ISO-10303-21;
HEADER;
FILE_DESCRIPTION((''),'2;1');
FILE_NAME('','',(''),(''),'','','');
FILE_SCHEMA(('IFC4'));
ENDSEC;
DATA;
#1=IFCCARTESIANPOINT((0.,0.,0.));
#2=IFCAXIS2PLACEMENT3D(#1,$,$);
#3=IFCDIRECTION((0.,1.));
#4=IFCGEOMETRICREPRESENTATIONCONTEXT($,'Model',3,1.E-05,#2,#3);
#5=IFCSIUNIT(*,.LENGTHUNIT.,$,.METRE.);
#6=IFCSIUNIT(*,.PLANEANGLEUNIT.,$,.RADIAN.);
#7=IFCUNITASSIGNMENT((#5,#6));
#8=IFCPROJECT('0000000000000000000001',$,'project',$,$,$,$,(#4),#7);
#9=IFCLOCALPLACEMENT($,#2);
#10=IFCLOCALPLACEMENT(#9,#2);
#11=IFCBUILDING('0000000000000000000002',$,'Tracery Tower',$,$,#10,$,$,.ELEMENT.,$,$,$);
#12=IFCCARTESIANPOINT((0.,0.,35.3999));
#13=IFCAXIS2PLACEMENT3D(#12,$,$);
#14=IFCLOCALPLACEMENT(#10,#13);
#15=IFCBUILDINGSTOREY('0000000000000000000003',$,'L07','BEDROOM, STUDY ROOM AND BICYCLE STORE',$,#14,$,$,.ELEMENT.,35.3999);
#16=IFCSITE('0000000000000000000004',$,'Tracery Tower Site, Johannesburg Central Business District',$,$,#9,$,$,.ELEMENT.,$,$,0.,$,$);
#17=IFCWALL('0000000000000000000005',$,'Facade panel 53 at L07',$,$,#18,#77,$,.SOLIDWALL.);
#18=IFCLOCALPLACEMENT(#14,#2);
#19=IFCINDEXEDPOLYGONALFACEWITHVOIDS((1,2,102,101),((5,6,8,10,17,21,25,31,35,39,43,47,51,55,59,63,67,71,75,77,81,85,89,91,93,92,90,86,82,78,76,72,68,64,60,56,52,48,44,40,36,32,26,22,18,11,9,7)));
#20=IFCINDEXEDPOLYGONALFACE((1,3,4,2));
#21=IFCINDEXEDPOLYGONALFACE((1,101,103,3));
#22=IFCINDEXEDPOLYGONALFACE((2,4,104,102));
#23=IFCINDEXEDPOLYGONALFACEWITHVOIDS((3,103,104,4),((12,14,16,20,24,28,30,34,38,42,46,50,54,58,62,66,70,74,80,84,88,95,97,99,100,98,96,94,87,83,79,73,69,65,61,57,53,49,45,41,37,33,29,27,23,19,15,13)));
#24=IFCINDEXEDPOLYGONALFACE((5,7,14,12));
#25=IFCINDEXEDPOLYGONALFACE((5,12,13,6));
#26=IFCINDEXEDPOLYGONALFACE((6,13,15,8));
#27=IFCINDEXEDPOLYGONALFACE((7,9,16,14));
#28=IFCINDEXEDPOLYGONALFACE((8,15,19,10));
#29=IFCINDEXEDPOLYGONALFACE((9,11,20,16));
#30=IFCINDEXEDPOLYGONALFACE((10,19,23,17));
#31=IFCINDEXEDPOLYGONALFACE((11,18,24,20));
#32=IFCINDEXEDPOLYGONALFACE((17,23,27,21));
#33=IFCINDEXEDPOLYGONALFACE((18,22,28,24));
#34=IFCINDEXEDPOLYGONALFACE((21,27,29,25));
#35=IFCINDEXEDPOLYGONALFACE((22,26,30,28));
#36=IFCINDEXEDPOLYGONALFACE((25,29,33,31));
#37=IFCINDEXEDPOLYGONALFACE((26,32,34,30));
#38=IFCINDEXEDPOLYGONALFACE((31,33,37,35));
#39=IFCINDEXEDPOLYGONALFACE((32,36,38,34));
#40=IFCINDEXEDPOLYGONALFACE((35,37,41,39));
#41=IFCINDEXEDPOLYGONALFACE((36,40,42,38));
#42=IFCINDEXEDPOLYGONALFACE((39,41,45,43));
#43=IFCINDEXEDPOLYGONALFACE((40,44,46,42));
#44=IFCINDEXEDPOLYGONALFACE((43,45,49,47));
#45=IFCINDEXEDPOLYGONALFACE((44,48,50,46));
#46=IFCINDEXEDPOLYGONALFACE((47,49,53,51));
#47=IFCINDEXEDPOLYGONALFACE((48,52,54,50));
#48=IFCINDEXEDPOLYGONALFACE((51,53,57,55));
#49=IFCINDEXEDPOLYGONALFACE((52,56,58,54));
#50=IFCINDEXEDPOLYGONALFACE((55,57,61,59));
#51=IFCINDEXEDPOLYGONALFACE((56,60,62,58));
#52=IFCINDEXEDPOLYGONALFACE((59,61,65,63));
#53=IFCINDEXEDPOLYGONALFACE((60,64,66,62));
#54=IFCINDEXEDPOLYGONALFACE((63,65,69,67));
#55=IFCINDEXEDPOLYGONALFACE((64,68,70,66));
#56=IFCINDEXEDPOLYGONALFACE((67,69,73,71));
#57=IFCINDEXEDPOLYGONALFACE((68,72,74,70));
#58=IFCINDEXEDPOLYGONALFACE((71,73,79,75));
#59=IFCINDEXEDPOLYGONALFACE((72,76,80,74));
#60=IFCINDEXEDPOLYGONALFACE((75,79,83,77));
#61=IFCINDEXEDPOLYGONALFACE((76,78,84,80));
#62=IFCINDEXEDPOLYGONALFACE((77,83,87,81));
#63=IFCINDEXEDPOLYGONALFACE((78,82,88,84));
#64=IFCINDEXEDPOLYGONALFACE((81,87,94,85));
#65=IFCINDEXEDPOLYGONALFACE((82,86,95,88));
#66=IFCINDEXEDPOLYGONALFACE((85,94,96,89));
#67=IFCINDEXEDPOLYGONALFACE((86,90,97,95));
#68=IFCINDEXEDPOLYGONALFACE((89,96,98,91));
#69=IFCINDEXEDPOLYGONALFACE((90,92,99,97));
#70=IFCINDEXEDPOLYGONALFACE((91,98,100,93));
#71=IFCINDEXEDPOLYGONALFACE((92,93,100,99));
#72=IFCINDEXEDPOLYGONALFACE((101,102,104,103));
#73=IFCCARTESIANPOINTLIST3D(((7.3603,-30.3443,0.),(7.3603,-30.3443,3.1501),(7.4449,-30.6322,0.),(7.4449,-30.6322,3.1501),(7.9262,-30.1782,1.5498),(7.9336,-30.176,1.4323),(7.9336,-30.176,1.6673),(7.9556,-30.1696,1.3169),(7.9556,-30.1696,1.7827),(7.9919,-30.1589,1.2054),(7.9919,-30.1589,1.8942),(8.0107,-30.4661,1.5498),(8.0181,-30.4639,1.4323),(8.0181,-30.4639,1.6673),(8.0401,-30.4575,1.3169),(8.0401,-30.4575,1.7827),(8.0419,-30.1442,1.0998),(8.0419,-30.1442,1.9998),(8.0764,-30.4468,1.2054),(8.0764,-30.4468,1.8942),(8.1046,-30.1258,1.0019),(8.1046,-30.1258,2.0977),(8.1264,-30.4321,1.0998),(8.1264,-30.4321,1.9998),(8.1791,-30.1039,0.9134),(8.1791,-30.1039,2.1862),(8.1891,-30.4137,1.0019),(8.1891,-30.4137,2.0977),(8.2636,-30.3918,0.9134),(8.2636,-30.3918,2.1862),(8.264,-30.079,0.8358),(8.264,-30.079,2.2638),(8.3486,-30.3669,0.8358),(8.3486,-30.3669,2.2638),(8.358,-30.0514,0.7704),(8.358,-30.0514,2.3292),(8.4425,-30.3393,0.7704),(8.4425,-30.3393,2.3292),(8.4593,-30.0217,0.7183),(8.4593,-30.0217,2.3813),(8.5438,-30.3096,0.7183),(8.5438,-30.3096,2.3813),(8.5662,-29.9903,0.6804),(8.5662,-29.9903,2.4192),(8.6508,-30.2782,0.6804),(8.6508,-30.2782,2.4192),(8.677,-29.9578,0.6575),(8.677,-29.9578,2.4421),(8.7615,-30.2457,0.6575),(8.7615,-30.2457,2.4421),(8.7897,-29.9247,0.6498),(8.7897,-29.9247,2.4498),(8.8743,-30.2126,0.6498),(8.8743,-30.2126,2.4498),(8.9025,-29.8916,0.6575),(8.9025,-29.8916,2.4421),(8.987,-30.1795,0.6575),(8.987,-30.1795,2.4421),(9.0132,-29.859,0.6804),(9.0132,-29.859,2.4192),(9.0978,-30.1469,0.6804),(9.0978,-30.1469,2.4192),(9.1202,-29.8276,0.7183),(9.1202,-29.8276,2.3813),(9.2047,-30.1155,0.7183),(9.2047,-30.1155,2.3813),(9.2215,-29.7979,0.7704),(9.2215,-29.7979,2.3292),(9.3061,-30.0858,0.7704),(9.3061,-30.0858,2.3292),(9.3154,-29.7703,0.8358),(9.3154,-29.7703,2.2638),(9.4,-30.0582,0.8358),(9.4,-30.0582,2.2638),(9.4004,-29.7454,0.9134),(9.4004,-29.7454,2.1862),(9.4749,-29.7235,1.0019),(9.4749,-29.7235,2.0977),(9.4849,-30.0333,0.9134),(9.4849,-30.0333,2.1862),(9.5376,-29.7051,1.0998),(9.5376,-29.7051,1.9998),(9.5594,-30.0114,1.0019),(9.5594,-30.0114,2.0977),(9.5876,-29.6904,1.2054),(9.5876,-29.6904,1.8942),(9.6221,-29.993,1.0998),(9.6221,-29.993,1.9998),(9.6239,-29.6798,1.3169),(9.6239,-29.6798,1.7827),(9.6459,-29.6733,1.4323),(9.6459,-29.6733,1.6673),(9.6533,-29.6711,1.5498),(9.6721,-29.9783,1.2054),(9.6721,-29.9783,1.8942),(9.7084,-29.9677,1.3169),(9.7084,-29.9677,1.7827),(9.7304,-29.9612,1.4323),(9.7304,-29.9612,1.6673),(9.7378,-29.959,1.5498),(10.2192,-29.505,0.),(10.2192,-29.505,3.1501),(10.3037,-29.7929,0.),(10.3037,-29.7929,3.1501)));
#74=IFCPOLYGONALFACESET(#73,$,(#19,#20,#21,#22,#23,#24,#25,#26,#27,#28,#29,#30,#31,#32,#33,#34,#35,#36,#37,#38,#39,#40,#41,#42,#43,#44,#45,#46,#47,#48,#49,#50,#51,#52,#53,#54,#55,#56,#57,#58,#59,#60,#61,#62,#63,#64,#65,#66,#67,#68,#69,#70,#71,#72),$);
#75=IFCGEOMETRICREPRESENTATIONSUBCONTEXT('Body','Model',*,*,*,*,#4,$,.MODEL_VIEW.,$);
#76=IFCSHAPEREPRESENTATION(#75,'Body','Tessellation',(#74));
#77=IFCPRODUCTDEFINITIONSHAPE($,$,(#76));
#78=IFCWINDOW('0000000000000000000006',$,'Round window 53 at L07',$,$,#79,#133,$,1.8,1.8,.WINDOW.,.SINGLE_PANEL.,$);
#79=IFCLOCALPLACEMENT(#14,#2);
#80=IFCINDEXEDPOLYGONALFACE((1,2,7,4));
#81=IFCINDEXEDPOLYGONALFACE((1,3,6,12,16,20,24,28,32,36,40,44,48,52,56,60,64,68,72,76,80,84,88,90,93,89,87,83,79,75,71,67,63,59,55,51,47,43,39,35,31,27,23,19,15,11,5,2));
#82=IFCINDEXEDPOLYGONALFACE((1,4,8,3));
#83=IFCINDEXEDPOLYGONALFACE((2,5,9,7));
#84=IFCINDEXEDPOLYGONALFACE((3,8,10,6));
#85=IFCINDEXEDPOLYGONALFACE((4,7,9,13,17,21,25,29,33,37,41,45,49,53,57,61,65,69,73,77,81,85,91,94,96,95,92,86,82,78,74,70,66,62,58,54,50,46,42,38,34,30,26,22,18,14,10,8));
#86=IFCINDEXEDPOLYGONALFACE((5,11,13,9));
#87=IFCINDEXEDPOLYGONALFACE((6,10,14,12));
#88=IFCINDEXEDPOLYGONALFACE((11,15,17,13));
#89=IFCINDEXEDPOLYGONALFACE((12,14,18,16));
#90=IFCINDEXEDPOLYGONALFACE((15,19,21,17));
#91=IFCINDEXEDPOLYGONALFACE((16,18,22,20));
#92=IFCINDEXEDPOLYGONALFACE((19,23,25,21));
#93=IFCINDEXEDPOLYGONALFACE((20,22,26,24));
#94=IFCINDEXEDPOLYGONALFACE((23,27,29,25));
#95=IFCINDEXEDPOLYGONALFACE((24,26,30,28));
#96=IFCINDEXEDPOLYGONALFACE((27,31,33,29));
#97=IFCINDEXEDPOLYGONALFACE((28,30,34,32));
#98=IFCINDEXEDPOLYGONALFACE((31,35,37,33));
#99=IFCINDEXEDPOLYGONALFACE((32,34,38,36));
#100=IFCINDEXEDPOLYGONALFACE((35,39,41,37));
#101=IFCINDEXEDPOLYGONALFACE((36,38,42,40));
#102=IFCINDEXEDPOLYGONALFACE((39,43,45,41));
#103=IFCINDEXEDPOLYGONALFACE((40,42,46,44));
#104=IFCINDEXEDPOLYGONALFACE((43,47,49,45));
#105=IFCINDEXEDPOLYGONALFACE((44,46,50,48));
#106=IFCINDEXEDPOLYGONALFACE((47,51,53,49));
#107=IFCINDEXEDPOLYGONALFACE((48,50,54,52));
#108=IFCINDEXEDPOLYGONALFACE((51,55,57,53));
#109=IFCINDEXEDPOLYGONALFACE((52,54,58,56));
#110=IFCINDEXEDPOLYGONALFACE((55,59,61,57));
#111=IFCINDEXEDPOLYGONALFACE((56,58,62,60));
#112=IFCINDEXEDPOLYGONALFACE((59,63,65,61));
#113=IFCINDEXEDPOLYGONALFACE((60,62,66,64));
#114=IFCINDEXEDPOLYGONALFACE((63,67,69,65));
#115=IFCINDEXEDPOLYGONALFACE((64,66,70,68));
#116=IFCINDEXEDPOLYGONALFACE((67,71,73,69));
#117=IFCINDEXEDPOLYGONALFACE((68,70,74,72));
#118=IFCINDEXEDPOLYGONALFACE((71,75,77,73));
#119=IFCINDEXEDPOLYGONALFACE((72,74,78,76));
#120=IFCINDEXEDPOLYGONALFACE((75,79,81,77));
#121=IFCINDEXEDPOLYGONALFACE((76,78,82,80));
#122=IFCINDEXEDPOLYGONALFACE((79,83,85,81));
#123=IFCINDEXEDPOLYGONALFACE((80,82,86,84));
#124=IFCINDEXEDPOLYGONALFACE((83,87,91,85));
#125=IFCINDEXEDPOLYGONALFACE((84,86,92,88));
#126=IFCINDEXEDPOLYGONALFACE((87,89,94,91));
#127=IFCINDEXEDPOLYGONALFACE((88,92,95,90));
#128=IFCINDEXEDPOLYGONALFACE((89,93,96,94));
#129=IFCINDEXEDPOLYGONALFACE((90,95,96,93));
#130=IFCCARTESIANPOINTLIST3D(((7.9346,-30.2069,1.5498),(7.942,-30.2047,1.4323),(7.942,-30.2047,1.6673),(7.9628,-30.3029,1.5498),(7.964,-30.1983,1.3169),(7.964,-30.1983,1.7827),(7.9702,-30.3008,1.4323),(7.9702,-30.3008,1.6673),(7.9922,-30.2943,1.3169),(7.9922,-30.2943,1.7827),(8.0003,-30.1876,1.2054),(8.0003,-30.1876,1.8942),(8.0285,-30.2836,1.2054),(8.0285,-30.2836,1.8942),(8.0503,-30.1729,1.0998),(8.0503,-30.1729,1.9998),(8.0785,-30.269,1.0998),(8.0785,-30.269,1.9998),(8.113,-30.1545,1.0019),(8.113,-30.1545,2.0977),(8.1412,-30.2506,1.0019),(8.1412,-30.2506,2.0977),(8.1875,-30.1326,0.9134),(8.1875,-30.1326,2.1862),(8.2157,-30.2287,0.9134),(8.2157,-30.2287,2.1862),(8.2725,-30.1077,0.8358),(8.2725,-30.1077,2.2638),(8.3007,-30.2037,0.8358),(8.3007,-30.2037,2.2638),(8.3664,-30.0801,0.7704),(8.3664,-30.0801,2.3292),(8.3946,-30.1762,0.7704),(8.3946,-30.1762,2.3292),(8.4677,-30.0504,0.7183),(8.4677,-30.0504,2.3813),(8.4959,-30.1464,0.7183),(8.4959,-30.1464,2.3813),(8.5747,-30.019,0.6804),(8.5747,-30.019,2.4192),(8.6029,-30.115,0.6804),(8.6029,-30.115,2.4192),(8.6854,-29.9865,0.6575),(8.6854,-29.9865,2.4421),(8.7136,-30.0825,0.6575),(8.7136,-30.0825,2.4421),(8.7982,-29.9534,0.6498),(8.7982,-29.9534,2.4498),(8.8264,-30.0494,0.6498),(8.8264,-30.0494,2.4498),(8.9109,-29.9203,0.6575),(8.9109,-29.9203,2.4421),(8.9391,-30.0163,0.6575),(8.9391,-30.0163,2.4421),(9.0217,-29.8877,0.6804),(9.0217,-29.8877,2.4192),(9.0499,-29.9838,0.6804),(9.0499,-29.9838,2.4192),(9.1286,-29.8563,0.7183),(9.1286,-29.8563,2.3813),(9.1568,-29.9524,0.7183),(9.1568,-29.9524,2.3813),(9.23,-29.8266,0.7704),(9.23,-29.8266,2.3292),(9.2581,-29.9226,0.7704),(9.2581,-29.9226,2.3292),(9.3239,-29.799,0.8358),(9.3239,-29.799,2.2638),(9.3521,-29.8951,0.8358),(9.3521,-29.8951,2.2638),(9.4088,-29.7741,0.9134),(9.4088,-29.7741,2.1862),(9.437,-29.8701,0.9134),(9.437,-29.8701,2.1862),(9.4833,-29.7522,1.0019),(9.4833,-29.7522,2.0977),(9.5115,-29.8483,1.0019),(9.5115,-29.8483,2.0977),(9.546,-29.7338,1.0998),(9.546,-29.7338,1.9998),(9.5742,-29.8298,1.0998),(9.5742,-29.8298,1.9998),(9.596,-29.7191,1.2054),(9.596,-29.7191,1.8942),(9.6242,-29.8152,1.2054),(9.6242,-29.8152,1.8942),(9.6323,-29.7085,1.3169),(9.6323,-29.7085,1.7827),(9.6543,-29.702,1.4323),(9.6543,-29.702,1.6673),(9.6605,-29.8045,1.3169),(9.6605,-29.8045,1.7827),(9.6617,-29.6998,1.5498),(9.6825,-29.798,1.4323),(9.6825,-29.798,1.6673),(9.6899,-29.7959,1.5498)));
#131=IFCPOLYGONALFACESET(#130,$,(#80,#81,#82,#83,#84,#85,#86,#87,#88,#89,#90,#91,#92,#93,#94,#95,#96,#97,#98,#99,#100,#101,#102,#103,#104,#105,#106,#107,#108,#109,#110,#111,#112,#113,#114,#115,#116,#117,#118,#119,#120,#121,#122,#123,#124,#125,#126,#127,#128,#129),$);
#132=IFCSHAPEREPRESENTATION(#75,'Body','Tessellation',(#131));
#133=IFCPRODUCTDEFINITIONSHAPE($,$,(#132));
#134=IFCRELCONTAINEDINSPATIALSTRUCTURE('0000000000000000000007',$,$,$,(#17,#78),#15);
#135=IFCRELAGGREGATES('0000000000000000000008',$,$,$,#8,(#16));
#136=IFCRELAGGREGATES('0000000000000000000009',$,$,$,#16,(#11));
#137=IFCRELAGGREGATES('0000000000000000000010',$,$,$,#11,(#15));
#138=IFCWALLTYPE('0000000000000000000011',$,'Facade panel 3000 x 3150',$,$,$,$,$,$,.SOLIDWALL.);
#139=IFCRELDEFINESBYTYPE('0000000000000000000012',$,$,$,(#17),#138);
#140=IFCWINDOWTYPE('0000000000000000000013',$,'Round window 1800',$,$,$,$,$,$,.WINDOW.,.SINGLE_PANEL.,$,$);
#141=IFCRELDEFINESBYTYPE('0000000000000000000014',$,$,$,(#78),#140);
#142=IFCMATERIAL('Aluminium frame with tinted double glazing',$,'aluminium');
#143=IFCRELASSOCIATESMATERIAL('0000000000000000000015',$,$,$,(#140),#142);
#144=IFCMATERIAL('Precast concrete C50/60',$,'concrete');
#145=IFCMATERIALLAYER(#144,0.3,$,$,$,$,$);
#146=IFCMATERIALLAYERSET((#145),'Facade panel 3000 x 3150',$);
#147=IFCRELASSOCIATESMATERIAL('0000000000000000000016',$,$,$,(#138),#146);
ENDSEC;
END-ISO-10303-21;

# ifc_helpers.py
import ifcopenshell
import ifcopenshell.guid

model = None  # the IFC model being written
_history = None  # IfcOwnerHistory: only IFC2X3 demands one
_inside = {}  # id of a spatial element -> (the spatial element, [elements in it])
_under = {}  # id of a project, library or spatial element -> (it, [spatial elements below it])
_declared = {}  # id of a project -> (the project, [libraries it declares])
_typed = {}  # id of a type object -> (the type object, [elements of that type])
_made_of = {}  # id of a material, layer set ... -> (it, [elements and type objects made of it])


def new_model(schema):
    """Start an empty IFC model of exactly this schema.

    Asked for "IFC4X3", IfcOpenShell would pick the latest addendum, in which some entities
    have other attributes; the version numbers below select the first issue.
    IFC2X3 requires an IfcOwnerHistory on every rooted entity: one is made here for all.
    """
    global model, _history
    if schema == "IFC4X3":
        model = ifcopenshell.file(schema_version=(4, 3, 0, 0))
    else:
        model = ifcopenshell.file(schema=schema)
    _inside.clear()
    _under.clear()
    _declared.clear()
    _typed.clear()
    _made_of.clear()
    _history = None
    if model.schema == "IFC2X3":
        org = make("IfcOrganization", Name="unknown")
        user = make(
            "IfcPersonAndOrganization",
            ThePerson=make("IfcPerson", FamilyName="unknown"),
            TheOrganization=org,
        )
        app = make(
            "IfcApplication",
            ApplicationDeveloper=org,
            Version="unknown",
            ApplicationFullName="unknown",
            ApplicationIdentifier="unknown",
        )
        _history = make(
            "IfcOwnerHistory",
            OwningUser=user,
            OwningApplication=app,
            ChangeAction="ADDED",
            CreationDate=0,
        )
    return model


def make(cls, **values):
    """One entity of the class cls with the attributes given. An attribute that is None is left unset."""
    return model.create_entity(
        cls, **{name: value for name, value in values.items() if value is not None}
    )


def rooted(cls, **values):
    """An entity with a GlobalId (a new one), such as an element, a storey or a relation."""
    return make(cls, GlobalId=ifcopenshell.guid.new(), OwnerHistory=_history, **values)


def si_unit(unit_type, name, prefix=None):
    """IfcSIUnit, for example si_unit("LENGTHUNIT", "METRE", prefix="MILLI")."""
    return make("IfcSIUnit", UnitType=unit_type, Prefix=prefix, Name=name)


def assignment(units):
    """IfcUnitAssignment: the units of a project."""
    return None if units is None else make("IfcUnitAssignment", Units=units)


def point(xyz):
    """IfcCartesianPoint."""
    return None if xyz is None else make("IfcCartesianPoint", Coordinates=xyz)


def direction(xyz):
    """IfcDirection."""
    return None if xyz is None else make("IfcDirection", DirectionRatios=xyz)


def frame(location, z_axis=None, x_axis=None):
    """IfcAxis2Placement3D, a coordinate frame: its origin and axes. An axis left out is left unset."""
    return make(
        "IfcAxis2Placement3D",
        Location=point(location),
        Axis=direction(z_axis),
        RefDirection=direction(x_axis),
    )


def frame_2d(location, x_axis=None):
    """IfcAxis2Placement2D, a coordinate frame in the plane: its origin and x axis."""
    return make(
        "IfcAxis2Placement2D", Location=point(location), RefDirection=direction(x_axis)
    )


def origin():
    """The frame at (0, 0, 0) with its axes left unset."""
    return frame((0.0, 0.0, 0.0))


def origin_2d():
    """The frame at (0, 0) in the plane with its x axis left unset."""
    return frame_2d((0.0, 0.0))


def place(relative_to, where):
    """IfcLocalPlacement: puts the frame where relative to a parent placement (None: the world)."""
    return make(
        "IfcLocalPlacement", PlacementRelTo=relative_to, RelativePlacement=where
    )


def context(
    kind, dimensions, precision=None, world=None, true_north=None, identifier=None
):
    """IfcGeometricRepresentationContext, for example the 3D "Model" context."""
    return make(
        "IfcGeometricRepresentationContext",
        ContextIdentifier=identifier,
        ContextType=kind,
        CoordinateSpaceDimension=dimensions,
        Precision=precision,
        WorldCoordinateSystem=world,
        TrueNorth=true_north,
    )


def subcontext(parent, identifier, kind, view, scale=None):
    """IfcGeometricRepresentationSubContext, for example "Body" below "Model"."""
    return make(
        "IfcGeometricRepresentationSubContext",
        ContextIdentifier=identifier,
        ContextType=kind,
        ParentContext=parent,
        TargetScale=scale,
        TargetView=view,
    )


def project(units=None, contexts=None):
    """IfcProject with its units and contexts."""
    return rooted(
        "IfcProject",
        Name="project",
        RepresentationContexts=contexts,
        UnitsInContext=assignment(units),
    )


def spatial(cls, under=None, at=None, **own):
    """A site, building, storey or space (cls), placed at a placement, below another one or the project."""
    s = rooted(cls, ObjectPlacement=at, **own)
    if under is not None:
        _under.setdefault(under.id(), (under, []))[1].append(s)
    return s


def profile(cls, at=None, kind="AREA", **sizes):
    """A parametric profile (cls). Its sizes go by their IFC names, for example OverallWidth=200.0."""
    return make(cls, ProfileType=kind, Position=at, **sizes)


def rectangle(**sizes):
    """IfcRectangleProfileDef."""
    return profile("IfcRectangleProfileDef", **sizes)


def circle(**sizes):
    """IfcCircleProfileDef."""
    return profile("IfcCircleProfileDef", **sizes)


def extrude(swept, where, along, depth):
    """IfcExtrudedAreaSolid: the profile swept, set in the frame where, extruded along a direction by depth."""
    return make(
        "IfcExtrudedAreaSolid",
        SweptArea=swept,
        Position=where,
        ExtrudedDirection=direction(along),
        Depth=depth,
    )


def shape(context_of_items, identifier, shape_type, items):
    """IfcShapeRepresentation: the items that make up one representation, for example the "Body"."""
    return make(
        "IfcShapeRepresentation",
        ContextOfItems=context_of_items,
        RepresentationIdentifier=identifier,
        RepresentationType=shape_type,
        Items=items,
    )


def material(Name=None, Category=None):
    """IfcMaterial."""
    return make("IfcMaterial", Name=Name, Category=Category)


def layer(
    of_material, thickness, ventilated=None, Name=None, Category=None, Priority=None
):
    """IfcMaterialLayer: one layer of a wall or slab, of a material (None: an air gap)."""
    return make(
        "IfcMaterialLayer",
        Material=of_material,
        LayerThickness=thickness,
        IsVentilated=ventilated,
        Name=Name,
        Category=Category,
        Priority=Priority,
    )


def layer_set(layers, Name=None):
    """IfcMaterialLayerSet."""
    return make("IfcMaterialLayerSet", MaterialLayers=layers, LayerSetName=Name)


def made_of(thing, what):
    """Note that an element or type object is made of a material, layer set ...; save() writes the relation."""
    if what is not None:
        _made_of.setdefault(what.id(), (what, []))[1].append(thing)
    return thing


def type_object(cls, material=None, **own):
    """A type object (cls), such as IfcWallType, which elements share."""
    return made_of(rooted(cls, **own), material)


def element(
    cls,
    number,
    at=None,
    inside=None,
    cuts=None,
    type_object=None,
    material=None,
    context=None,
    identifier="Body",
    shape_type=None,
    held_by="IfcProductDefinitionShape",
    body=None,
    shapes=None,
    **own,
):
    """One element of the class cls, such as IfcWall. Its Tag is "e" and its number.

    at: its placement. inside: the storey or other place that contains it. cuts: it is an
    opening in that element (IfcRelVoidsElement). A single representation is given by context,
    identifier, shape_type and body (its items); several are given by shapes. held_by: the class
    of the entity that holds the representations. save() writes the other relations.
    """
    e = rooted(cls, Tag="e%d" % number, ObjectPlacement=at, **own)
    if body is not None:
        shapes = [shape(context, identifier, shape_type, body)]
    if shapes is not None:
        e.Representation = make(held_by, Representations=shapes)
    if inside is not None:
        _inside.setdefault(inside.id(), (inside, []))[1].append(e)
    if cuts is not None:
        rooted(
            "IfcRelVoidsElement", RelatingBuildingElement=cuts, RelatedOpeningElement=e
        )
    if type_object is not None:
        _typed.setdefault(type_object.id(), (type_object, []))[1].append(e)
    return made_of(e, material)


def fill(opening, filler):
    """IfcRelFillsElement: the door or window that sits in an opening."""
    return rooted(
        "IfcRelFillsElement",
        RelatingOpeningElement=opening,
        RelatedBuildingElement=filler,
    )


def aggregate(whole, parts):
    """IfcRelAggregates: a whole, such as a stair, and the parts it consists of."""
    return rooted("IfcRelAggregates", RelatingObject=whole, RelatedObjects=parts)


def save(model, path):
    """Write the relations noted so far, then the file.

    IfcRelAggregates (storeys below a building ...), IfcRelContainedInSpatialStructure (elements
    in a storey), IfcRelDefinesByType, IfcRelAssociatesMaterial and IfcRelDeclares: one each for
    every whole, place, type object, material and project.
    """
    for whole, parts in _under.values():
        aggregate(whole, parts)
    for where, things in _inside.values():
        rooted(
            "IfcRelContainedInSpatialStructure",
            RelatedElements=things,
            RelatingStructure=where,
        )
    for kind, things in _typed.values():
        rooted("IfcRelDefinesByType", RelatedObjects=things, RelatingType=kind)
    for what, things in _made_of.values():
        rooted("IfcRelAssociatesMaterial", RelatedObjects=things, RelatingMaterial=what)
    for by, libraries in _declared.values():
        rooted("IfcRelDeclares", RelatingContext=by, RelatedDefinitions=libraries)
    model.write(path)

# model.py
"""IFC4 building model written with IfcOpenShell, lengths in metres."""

from ifc_helpers import new_model, si_unit, direction, frame, frame_2d, origin, origin_2d, place, context, subcontext, project, spatial, rectangle, circle, extrude, material, layer, layer_set, type_object, element, fill, save


model = new_model("IFC4")

# Units and contexts
model_context = context("Model", 3, precision=1e-05, world=origin(), true_north=direction((0.0, 1.0)))
body_context = subcontext(model_context, "Body", "Model", "MODEL_VIEW")
ifc_project = project(units=[si_unit("LENGTHUNIT", "METRE"), si_unit("PLANEANGLEUNIT", "RADIAN")], contexts=[model_context])

# Site, building, storey
site_placement = place(None, origin())
site = spatial("IfcSite", under=ifc_project, at=site_placement, Name="Tracery Tower Site, Johannesburg Central Business District", CompositionType="ELEMENT", RefElevation=0.0)
building_placement = place(site_placement, origin())
building = spatial("IfcBuilding", under=site, at=building_placement, Name="Tracery Tower", CompositionType="ELEMENT")
storey_placement = place(building_placement, frame((0.0, 0.0, 35.3999)))
storey = spatial("IfcBuildingStorey", under=building, at=storey_placement, Name="L07", Description="BEDROOM, STUDY ROOM AND BICYCLE STORE", CompositionType="ELEMENT", Elevation=35.3999)

# Wall, opening, window
ifc_material_1 = material(Name="Aluminium frame with tinted double glazing", Category="aluminium")
window_type = type_object("IfcWindowType", Name="Round window 1800", PartitioningType="SINGLE_PANEL", PredefinedType="WINDOW", material=ifc_material_1)
ifc_material_2 = material(Name="Precast concrete C50/60", Category="concrete")
ifc_layer_1 = layer(ifc_material_2, 0.3)
ifc_layer_set_1 = layer_set([ifc_layer_1], Name="Facade panel 3000 x 3150")
wall_type_1 = type_object("IfcWallType", Name="Facade panel 3000 x 3150", PredefinedType="SOLIDWALL", material=ifc_layer_set_1)
wall_1_placement = place(storey_placement, frame((7.4026, -30.4883, 0.0), z_axis=(0.0, 0.0, 1.0), x_axis=(0.959501, 0.281705, 0.0)))
wall_1 = element("IfcWall", 1, at=wall_1_placement, inside=storey, type_object=wall_type_1, Name="Facade panel 53 at L07", PredefinedType="SOLIDWALL", context=body_context, shape_type="SweptSolid", body=[
    extrude(rectangle(XDim=2.9795, YDim=0.3, at=frame_2d((1.4897, 0.0))), origin(), (0.0, 0.0, 1.0), 3.1501),
])
opening_1_placement = place(wall_1_placement, frame((1.4897, 0.0, 1.5498)))
opening_1 = element("IfcOpeningElement", 2, at=opening_1_placement, cuts=wall_1, PredefinedType="OPENING", context=body_context, shape_type="SweptSolid", body=[
    extrude(circle(Radius=0.9, at=origin_2d()), frame((0.0, 0.1599, 0.0), z_axis=(0.0, -1.0, 0.0), x_axis=(1.0, 0.0, 0.0)), (0.0, 0.0, 1.0), 0.3201),
])
window_1_placement = place(opening_1_placement, origin())
window_1 = element("IfcWindow", 3, at=window_1_placement, inside=storey, type_object=window_type, Name="Round window 53 at L07", OverallHeight=1.8, OverallWidth=1.8, PartitioningType="SINGLE_PANEL", PredefinedType="WINDOW", context=body_context, shape_type="SweptSolid", body=[
    extrude(circle(Radius=0.9, at=origin_2d()), frame((0.0, 0.1201, 0.0), z_axis=(0.0, -1.0, 0.0), x_axis=(1.0, 0.0, 0.0)), (0.0, 0.0, 1.0), 0.1001),
])
fill(opening_1, window_1)

save(model, "model.ifc")
